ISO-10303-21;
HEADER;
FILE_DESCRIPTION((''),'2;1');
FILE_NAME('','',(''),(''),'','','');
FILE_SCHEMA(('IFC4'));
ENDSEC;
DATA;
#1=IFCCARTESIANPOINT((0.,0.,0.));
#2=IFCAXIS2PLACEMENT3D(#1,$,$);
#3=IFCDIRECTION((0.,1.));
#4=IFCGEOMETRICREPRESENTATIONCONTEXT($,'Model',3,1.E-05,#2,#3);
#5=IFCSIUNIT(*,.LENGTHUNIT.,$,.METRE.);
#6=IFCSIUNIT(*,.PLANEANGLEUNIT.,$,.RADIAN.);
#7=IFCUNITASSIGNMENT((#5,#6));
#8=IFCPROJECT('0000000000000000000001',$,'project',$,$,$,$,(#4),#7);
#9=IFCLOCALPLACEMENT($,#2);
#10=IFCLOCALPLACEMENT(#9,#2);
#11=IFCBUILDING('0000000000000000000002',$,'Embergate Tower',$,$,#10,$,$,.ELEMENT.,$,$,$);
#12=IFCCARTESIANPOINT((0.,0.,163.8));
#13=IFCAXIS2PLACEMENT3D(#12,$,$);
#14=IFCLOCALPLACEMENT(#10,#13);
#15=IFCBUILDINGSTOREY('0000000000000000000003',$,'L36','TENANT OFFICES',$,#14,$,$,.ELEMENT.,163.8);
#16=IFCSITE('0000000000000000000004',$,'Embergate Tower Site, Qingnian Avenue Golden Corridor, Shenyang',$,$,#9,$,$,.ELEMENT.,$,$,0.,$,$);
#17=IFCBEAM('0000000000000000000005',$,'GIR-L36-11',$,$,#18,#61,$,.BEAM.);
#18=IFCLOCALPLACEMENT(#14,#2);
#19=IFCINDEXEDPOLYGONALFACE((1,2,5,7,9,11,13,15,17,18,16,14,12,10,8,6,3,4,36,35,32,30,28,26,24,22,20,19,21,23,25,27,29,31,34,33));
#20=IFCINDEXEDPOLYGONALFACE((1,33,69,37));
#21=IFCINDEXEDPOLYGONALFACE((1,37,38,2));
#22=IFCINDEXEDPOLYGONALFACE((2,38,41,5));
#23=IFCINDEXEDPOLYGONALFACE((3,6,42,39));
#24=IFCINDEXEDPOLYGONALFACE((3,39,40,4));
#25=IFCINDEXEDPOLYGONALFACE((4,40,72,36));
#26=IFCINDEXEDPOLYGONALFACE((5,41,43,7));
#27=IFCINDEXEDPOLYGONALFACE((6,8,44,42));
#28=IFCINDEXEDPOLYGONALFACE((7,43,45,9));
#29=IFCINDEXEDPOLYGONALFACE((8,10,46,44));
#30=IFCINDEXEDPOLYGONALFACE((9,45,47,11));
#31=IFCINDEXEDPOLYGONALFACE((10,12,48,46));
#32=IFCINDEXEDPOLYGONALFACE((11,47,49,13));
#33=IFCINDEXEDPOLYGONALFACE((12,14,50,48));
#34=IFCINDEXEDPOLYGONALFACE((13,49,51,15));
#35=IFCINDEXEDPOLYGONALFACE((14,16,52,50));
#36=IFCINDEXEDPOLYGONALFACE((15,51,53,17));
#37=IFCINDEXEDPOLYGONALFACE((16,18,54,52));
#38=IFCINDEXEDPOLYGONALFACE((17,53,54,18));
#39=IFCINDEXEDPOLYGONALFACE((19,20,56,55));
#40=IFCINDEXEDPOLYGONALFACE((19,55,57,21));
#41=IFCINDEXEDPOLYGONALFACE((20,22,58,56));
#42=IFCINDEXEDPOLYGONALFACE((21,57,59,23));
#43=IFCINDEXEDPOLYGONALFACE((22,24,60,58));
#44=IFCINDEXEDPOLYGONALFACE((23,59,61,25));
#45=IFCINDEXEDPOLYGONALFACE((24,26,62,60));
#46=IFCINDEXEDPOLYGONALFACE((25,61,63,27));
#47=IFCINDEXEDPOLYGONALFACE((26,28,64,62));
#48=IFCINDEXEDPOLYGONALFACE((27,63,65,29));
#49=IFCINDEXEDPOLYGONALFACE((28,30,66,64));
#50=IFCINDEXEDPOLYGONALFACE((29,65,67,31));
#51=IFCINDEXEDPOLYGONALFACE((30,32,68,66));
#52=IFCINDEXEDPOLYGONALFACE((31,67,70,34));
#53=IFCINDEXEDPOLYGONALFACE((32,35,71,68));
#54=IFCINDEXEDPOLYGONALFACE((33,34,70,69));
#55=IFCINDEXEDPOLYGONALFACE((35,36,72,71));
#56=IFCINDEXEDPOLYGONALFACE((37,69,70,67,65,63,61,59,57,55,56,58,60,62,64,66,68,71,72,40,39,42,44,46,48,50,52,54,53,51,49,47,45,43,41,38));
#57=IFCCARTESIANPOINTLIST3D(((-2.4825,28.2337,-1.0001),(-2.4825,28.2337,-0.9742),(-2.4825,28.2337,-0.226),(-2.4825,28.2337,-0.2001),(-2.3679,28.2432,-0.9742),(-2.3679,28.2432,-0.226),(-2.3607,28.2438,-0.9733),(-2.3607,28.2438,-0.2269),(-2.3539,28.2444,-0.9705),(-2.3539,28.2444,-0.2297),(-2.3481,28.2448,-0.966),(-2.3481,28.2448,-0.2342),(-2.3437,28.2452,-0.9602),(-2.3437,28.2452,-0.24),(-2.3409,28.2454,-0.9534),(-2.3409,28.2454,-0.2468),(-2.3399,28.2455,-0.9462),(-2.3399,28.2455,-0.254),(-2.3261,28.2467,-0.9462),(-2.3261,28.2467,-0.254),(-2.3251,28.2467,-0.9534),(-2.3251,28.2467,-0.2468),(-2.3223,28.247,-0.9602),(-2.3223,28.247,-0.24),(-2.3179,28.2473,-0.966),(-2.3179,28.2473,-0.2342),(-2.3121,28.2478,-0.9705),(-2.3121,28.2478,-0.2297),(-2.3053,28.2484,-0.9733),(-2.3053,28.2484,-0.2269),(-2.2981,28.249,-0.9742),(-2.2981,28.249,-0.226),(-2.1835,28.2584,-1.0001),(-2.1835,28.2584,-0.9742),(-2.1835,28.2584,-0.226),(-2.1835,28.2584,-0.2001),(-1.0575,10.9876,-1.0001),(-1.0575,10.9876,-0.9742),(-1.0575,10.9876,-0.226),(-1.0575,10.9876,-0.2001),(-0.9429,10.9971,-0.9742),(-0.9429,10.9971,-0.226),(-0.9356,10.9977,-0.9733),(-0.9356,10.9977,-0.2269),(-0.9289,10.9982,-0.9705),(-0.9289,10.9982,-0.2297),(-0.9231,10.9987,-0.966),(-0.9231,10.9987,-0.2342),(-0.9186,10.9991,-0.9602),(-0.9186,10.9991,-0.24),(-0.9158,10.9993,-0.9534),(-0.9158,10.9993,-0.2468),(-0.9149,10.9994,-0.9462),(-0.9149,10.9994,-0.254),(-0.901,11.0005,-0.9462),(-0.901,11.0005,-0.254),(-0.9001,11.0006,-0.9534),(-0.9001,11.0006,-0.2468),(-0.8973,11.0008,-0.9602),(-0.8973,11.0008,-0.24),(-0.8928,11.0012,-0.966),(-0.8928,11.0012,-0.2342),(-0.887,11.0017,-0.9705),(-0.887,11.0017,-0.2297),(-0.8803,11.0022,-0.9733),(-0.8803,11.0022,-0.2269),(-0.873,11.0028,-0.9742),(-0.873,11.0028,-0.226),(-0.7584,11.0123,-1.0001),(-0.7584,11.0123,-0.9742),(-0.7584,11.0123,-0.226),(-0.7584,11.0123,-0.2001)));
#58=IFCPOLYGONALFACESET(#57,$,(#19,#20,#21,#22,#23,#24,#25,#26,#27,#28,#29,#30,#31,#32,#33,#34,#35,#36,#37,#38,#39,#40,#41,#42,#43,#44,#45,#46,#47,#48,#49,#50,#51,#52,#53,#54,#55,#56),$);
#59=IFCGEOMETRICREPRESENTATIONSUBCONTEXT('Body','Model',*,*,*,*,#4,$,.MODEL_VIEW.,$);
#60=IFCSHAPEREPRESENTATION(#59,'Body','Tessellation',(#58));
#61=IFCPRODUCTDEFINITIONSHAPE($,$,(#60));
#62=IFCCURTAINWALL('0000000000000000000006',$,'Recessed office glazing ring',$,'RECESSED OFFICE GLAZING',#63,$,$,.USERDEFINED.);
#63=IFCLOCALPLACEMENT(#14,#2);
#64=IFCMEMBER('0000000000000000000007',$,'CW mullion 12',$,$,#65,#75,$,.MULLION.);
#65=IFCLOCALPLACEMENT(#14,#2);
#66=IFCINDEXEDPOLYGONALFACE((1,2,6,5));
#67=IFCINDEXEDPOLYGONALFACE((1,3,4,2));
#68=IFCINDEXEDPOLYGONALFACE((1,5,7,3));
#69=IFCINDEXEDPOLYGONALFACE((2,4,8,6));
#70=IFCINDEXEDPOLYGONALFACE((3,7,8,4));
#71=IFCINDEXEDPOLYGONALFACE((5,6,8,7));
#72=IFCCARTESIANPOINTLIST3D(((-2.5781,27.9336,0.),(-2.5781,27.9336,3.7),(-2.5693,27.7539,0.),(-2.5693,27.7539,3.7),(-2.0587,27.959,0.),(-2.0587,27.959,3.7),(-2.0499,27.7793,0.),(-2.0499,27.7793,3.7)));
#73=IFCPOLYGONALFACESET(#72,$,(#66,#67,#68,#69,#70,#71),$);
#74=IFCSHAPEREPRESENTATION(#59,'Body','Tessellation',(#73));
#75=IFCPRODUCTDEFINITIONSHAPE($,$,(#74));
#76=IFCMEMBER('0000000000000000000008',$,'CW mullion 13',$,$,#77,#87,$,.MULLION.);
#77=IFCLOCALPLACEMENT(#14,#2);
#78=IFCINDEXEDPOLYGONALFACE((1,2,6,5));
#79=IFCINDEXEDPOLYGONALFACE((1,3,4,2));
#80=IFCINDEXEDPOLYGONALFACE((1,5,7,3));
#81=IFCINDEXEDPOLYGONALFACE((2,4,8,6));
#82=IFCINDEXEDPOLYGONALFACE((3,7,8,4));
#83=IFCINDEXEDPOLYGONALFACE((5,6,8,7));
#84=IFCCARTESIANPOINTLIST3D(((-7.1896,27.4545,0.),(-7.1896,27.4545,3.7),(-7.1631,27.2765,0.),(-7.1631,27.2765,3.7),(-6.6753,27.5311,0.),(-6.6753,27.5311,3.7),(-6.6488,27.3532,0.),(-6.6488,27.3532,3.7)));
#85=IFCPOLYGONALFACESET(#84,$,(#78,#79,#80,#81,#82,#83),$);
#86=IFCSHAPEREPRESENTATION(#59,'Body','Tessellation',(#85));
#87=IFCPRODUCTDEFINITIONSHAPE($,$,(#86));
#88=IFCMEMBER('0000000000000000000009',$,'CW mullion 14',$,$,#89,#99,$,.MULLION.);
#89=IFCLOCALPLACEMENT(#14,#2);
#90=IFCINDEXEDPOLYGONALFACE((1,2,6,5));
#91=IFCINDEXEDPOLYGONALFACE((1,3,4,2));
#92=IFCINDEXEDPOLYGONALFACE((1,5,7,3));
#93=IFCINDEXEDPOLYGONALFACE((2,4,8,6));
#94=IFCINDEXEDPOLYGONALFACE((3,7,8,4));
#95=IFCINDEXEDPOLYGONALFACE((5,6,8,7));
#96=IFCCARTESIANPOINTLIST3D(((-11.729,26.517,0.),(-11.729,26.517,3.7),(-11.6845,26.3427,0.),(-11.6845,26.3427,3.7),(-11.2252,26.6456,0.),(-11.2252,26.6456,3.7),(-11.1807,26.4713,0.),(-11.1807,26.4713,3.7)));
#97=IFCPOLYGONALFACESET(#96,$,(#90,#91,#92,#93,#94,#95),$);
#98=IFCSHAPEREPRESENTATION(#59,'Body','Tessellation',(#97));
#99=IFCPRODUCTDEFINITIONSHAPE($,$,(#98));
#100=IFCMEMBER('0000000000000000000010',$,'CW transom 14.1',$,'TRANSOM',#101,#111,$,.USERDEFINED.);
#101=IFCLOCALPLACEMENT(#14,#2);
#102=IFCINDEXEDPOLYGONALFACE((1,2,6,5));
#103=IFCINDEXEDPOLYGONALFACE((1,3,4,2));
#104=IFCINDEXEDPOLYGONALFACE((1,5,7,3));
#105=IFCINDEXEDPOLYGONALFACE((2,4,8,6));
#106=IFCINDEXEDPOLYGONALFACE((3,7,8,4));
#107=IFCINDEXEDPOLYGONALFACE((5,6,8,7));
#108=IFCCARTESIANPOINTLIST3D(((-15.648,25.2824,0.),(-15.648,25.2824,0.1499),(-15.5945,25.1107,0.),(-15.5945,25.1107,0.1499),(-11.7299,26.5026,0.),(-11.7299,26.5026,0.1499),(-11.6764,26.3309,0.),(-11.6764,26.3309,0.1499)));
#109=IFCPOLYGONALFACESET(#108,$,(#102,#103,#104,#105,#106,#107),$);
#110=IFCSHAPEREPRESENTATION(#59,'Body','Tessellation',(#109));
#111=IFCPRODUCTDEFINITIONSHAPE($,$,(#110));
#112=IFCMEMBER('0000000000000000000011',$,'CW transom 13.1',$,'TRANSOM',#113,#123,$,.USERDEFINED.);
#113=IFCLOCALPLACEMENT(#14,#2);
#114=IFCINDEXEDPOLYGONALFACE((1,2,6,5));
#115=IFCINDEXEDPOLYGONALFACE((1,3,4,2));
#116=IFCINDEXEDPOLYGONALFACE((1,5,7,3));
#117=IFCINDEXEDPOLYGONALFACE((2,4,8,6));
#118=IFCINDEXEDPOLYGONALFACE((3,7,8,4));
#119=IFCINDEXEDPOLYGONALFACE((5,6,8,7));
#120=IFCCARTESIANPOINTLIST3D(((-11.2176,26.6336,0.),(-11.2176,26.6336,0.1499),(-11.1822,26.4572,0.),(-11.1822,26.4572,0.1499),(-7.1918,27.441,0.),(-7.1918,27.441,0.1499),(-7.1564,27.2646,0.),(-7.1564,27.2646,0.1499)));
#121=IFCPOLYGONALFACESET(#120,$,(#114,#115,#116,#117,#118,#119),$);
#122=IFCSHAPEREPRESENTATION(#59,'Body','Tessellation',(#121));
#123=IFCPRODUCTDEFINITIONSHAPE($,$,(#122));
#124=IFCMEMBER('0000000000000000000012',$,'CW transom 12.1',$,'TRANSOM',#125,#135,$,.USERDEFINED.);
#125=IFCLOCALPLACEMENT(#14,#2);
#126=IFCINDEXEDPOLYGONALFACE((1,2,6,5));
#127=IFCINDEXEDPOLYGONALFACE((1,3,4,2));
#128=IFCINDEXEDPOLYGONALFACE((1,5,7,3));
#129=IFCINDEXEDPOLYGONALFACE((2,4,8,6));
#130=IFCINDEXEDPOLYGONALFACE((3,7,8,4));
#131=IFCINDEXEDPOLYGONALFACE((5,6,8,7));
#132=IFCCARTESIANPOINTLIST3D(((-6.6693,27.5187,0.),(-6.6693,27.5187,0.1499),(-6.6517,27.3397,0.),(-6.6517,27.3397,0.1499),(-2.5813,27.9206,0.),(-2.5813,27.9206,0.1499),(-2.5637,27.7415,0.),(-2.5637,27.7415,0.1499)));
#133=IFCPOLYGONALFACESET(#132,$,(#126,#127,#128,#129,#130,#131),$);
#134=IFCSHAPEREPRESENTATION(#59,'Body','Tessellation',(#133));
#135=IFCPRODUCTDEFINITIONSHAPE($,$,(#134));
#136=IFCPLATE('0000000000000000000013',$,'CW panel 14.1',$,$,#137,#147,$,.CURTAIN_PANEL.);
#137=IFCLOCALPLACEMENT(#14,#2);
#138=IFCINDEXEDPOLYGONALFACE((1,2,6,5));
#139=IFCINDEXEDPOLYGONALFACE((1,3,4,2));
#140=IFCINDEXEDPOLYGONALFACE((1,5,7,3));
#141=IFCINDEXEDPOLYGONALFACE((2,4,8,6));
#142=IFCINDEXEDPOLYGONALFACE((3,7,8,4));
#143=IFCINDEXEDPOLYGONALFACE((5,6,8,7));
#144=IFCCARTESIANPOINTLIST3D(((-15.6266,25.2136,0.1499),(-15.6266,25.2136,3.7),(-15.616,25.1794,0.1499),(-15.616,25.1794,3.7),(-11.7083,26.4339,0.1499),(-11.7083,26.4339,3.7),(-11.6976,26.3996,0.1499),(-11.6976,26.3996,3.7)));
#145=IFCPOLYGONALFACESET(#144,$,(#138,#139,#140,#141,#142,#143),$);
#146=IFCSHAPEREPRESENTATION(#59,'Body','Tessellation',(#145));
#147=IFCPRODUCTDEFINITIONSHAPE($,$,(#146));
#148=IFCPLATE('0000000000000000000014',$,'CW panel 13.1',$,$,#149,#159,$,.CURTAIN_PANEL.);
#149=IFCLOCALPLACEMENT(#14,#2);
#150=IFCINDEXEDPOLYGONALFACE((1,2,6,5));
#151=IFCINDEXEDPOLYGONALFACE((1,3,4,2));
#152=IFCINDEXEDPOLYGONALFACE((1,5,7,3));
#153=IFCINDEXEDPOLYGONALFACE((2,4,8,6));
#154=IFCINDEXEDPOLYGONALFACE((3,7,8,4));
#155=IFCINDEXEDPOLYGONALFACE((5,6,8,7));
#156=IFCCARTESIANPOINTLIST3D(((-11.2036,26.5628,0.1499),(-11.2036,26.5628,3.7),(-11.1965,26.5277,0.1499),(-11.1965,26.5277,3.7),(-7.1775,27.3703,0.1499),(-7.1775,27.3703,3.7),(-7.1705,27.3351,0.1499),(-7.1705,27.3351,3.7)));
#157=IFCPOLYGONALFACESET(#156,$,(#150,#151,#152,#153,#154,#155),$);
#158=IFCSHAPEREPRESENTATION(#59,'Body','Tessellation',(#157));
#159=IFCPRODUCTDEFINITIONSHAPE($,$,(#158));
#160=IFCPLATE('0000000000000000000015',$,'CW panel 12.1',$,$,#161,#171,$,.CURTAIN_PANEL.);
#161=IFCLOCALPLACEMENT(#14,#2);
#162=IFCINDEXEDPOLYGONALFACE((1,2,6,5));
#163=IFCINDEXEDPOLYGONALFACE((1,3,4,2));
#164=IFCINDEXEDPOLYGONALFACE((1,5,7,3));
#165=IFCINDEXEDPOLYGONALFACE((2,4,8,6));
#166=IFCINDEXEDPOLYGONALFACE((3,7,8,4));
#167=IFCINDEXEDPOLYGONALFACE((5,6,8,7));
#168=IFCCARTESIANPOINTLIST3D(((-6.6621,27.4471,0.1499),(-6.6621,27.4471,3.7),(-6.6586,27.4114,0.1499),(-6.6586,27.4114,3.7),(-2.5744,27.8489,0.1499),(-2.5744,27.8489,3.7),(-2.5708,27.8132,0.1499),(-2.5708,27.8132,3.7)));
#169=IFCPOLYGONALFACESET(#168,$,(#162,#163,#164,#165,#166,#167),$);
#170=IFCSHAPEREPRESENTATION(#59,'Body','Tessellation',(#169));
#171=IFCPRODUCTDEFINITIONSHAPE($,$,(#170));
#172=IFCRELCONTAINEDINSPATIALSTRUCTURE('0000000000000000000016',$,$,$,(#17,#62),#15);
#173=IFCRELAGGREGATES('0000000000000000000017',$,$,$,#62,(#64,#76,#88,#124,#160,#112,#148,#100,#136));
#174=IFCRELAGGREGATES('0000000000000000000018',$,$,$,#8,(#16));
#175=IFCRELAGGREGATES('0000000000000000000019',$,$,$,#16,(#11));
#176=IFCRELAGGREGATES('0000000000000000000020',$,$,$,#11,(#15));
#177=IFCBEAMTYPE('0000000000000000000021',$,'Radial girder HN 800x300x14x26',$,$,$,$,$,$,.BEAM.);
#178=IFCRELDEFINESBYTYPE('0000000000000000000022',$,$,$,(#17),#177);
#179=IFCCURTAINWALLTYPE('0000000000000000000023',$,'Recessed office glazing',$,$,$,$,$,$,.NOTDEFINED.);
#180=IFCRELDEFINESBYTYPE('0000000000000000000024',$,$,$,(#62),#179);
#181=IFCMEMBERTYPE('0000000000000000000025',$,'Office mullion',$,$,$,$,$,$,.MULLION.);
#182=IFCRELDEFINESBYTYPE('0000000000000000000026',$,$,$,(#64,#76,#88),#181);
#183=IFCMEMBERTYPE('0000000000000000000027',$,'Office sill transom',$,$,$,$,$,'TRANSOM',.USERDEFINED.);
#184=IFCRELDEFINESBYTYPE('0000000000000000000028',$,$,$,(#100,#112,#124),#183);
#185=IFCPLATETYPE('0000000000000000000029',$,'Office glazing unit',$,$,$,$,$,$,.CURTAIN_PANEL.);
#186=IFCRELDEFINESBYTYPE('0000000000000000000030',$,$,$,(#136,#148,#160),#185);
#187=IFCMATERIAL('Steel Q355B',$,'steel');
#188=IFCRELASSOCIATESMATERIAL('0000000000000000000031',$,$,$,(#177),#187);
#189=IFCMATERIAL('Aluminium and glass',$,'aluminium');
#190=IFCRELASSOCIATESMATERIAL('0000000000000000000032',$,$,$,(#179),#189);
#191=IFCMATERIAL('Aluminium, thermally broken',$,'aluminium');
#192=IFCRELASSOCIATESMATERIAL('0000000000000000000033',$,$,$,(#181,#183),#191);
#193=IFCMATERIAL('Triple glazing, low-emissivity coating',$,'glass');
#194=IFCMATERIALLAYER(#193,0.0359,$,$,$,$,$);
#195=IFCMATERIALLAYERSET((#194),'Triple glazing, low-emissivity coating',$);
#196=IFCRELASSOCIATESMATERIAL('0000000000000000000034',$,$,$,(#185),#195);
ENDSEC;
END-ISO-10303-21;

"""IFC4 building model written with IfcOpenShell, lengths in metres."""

from ifc_helpers import new_model, si_unit, direction, frame, origin, origin_2d, place, context, subcontext, project, spatial, rectangle, i_section, extrude, source, transform, mapped, material, layer, layer_set, material_profile, profile_set, type_object, element, aggregate, save


model = new_model("IFC4")

# Units and contexts
model_context = context("Model", 3, precision=1e-05, world=origin(), true_north=direction((0.0, 1.0)))
body_context = subcontext(model_context, "Body", "Model", "MODEL_VIEW")
ifc_project = project(units=[si_unit("LENGTHUNIT", "METRE"), si_unit("PLANEANGLEUNIT", "RADIAN")], contexts=[model_context])

# Site, building, storey
site_placement = place(None, origin())
site = spatial("IfcSite", under=ifc_project, at=site_placement, Name="Embergate Tower Site, Qingnian Avenue Golden Corridor, Shenyang", CompositionType="ELEMENT", RefElevation=0.0)
building_placement = place(site_placement, origin())
building = spatial("IfcBuilding", under=site, at=building_placement, Name="Embergate Tower", CompositionType="ELEMENT")
storey_placement = place(building_placement, frame((0.0, 0.0, 163.8)))
storey = spatial("IfcBuildingStorey", under=building, at=storey_placement, Name="L36", Description="TENANT OFFICES", CompositionType="ELEMENT", Elevation=163.8)

# Beam
ifc_material_1 = material(Name="Steel Q355B", Category="steel")
ifc_material_profile_1 = material_profile(ifc_material_1, i_section(OverallWidth=0.3, OverallDepth=0.8, WebThickness=0.0139, FlangeThickness=0.0259, FilletRadius=0.0281, at=origin_2d()), Name="HN 800x300x14x26")
ifc_profile_set_1 = profile_set([ifc_material_profile_1], Name="Steel Q355 grade B")
beam_type_1 = type_object("IfcBeamType", Name="Radial girder HN 800x300x14x26", PredefinedType="BEAM", material=ifc_profile_set_1)
shared_shape_1 = source(origin(), body_context, "Body", "SweptSolid", [
    extrude(i_section(OverallWidth=0.3, OverallDepth=0.8, WebThickness=0.0139, FlangeThickness=0.0259, FilletRadius=0.0281, at=origin_2d()), origin(), (0.0, 0.0, 1.0), 17.3049),
])
beam_1_placement = place(storey_placement, frame((-2.333, 28.2461, -0.6001), z_axis=(0.08235, -0.996604, 0.0), x_axis=(0.996604, 0.08235, 0.0)))
element("IfcBeam", 1, at=beam_1_placement, inside=storey, type_object=beam_type_1, Name="GIR-L36-11", PredefinedType="BEAM", context=body_context, shape_type="MappedRepresentation", body=[
    mapped(shared_shape_1, transform((0.0, 0.0, 0.0))),
])

# Curtain wall, members, plates
ifc_material_2 = material(Name="Aluminium and glass", Category="aluminium")
curtain_wall_type = type_object("IfcCurtainWallType", Name="Recessed office glazing", PredefinedType="NOTDEFINED", material=ifc_material_2)
curtain_wall_placement = place(storey_placement, origin())
curtain_wall = element("IfcCurtainWall", 2, at=curtain_wall_placement, inside=storey, type_object=curtain_wall_type, Name="Recessed office glazing ring", ObjectType="RECESSED OFFICE GLAZING", PredefinedType="USERDEFINED")
ifc_material_3 = material(Name="Aluminium, thermally broken", Category="aluminium")
ifc_material_profile_2 = material_profile(ifc_material_3, rectangle(XDim=0.1799, YDim=0.52, at=origin_2d()), Name="AL 520x180")
ifc_profile_set_2 = profile_set([ifc_material_profile_2], Name="Aluminium, thermally broken")
member_type_1 = type_object("IfcMemberType", Name="Office mullion", PredefinedType="MULLION", material=ifc_profile_set_2)
shared_shape_2 = source(origin(), body_context, "Body", "SweptSolid", [
    extrude(rectangle(XDim=0.1799, YDim=0.52, at=origin_2d()), origin(), (0.0, 0.0, 1.0), 3.7),
])
member_1_placement = place(storey_placement, frame((-2.314, 27.8564, 0.0), z_axis=(0.0, 0.0, 1.0), x_axis=(0.048972, -0.9988, 0.0)))
member_1 = element("IfcMember", 3, at=member_1_placement, type_object=member_type_1, Name="CW mullion 12", PredefinedType="MULLION", context=body_context, shape_type="MappedRepresentation", body=[
    mapped(shared_shape_2, transform((0.0, 0.0, 0.0))),
])
member_2_placement = place(storey_placement, frame((-6.9192, 27.4038, 0.0), z_axis=(0.0, 0.0, 1.0), x_axis=(0.147412, -0.989075, 0.0)))
member_2 = element("IfcMember", 4, at=member_2_placement, type_object=member_type_1, Name="CW mullion 13", PredefinedType="MULLION", context=body_context, shape_type="MappedRepresentation", body=[
    mapped(shared_shape_2, transform((0.0, 0.0, 0.0))),
])
member_3_placement = place(storey_placement, frame((-11.4548, 26.4941, 0.0), z_axis=(0.0, 0.0, 1.0), x_axis=(0.247312, -0.968936, 0.0)))
member_3 = element("IfcMember", 5, at=member_3_placement, type_object=member_type_1, Name="CW mullion 14", PredefinedType="MULLION", context=body_context, shape_type="MappedRepresentation", body=[
    mapped(shared_shape_2, transform((0.0, 0.0, 0.0))),
])
ifc_material_profile_3 = material_profile(ifc_material_3, rectangle(XDim=0.1799, YDim=0.1499, at=origin_2d()), Name="AL 150x180")
ifc_profile_set_3 = profile_set([ifc_material_profile_3], Name="Aluminium, thermally broken")
member_type_2 = type_object("IfcMemberType", Name="Office sill transom", ElementType="TRANSOM", PredefinedType="USERDEFINED", material=ifc_profile_set_3)
shared_shape_3 = source(origin(), body_context, "Body", "SweptSolid", [
    extrude(rectangle(XDim=0.1799, YDim=0.1499, at=origin_2d()), origin(), (0.0, 0.0, 1.0), 4.1038),
])
member_4_placement = place(storey_placement, frame((-11.7031, 26.4167, 0.075), z_axis=(-0.954773, -0.297337, 0.0), x_axis=(0.297337, -0.954773, 0.0)))
member_4 = element("IfcMember", 6, at=member_4_placement, type_object=member_type_2, Name="CW transom 14.1", ObjectType="TRANSOM", PredefinedType="USERDEFINED", context=body_context, shape_type="MappedRepresentation", body=[
    mapped(shared_shape_3, transform((0.0, 0.0, 0.0))),
])
shared_shape_4 = source(origin(), body_context, "Body", "SweptSolid", [
    extrude(rectangle(XDim=0.1799, YDim=0.1499, at=origin_2d()), origin(), (0.0, 0.0, 1.0), 4.106),
])
member_5_placement = place(storey_placement, frame((-7.1741, 27.3528, 0.075), z_axis=(-0.980478, -0.196631, 0.0), x_axis=(0.196631, -0.980478, 0.0)))
member_5 = element("IfcMember", 7, at=member_5_placement, type_object=member_type_2, Name="CW transom 13.1", ObjectType="TRANSOM", PredefinedType="USERDEFINED", context=body_context, shape_type="MappedRepresentation", body=[
    mapped(shared_shape_4, transform((0.0, 0.0, 0.0))),
])
shared_shape_5 = source(origin(), body_context, "Body", "SweptSolid", [
    extrude(rectangle(XDim=0.1799, YDim=0.1499, at=origin_2d()), origin(), (0.0, 0.0, 1.0), 4.1077),
])
member_6_placement = place(storey_placement, frame((-2.5725, 27.8311, 0.075), z_axis=(-0.995203, -0.097832, 0.0), x_axis=(0.097832, -0.995203, 0.0)))
member_6 = element("IfcMember", 8, at=member_6_placement, type_object=member_type_2, Name="CW transom 12.1", ObjectType="TRANSOM", PredefinedType="USERDEFINED", context=body_context, shape_type="MappedRepresentation", body=[
    mapped(shared_shape_5, transform((0.0, 0.0, 0.0))),
])
ifc_material_4 = material(Name="Triple glazing, low-emissivity coating", Category="glass")
ifc_layer_1 = layer(ifc_material_4, 0.0359)
ifc_layer_set_1 = layer_set([ifc_layer_1], Name="Triple glazing, low-emissivity coating")
plate_type = type_object("IfcPlateType", Name="Office glazing unit", PredefinedType="CURTAIN_PANEL", material=ifc_layer_set_1)
shared_shape_6 = source(origin(), body_context, "Body", "SweptSolid", [
    extrude(rectangle(XDim=4.104, YDim=0.0359, at=origin_2d()), origin(), (0.0, 0.0, 1.0), 3.55),
])
plate_1_placement = place(storey_placement, frame((-13.6621, 25.8066, 0.1499), z_axis=(0.0, 0.0, 1.0), x_axis=(-0.954772, -0.297338, 0.0)))
plate_1 = element("IfcPlate", 9, at=plate_1_placement, type_object=plate_type, Name="CW panel 14.1", PredefinedType="CURTAIN_PANEL", context=body_context, shape_type="MappedRepresentation", body=[
    mapped(shared_shape_6, transform((0.0, 0.0, 0.0))),
])
shared_shape_7 = source(origin(), body_context, "Body", "SweptSolid", [
    extrude(rectangle(XDim=4.1062, YDim=0.0359, at=origin_2d()), origin(), (0.0, 0.0, 1.0), 3.55),
])
plate_2_placement = place(storey_placement, frame((-9.187, 26.949, 0.1499), z_axis=(0.0, 0.0, 1.0), x_axis=(-0.980476, -0.196639, 0.0)))
plate_2 = element("IfcPlate", 10, at=plate_2_placement, type_object=plate_type, Name="CW panel 13.1", PredefinedType="CURTAIN_PANEL", context=body_context, shape_type="MappedRepresentation", body=[
    mapped(shared_shape_7, transform((0.0, 0.0, 0.0))),
])
shared_shape_8 = source(origin(), body_context, "Body", "SweptSolid", [
    extrude(rectangle(XDim=4.1074, YDim=0.0359, at=origin_2d()), origin(), (0.0, 0.0, 1.0), 3.55),
])
plate_3_placement = place(storey_placement, frame((-4.6165, 27.6301, 0.1499), z_axis=(0.0, 0.0, 1.0), x_axis=(-0.995203, -0.09783, 0.0)))
plate_3 = element("IfcPlate", 11, at=plate_3_placement, type_object=plate_type, Name="CW panel 12.1", PredefinedType="CURTAIN_PANEL", context=body_context, shape_type="MappedRepresentation", body=[
    mapped(shared_shape_8, transform((0.0, 0.0, 0.0))),
])
aggregate(curtain_wall, [member_1, member_2, member_3, member_6, plate_3, member_5, plate_2, member_4, plate_1])

save(model, "model.ifc")
